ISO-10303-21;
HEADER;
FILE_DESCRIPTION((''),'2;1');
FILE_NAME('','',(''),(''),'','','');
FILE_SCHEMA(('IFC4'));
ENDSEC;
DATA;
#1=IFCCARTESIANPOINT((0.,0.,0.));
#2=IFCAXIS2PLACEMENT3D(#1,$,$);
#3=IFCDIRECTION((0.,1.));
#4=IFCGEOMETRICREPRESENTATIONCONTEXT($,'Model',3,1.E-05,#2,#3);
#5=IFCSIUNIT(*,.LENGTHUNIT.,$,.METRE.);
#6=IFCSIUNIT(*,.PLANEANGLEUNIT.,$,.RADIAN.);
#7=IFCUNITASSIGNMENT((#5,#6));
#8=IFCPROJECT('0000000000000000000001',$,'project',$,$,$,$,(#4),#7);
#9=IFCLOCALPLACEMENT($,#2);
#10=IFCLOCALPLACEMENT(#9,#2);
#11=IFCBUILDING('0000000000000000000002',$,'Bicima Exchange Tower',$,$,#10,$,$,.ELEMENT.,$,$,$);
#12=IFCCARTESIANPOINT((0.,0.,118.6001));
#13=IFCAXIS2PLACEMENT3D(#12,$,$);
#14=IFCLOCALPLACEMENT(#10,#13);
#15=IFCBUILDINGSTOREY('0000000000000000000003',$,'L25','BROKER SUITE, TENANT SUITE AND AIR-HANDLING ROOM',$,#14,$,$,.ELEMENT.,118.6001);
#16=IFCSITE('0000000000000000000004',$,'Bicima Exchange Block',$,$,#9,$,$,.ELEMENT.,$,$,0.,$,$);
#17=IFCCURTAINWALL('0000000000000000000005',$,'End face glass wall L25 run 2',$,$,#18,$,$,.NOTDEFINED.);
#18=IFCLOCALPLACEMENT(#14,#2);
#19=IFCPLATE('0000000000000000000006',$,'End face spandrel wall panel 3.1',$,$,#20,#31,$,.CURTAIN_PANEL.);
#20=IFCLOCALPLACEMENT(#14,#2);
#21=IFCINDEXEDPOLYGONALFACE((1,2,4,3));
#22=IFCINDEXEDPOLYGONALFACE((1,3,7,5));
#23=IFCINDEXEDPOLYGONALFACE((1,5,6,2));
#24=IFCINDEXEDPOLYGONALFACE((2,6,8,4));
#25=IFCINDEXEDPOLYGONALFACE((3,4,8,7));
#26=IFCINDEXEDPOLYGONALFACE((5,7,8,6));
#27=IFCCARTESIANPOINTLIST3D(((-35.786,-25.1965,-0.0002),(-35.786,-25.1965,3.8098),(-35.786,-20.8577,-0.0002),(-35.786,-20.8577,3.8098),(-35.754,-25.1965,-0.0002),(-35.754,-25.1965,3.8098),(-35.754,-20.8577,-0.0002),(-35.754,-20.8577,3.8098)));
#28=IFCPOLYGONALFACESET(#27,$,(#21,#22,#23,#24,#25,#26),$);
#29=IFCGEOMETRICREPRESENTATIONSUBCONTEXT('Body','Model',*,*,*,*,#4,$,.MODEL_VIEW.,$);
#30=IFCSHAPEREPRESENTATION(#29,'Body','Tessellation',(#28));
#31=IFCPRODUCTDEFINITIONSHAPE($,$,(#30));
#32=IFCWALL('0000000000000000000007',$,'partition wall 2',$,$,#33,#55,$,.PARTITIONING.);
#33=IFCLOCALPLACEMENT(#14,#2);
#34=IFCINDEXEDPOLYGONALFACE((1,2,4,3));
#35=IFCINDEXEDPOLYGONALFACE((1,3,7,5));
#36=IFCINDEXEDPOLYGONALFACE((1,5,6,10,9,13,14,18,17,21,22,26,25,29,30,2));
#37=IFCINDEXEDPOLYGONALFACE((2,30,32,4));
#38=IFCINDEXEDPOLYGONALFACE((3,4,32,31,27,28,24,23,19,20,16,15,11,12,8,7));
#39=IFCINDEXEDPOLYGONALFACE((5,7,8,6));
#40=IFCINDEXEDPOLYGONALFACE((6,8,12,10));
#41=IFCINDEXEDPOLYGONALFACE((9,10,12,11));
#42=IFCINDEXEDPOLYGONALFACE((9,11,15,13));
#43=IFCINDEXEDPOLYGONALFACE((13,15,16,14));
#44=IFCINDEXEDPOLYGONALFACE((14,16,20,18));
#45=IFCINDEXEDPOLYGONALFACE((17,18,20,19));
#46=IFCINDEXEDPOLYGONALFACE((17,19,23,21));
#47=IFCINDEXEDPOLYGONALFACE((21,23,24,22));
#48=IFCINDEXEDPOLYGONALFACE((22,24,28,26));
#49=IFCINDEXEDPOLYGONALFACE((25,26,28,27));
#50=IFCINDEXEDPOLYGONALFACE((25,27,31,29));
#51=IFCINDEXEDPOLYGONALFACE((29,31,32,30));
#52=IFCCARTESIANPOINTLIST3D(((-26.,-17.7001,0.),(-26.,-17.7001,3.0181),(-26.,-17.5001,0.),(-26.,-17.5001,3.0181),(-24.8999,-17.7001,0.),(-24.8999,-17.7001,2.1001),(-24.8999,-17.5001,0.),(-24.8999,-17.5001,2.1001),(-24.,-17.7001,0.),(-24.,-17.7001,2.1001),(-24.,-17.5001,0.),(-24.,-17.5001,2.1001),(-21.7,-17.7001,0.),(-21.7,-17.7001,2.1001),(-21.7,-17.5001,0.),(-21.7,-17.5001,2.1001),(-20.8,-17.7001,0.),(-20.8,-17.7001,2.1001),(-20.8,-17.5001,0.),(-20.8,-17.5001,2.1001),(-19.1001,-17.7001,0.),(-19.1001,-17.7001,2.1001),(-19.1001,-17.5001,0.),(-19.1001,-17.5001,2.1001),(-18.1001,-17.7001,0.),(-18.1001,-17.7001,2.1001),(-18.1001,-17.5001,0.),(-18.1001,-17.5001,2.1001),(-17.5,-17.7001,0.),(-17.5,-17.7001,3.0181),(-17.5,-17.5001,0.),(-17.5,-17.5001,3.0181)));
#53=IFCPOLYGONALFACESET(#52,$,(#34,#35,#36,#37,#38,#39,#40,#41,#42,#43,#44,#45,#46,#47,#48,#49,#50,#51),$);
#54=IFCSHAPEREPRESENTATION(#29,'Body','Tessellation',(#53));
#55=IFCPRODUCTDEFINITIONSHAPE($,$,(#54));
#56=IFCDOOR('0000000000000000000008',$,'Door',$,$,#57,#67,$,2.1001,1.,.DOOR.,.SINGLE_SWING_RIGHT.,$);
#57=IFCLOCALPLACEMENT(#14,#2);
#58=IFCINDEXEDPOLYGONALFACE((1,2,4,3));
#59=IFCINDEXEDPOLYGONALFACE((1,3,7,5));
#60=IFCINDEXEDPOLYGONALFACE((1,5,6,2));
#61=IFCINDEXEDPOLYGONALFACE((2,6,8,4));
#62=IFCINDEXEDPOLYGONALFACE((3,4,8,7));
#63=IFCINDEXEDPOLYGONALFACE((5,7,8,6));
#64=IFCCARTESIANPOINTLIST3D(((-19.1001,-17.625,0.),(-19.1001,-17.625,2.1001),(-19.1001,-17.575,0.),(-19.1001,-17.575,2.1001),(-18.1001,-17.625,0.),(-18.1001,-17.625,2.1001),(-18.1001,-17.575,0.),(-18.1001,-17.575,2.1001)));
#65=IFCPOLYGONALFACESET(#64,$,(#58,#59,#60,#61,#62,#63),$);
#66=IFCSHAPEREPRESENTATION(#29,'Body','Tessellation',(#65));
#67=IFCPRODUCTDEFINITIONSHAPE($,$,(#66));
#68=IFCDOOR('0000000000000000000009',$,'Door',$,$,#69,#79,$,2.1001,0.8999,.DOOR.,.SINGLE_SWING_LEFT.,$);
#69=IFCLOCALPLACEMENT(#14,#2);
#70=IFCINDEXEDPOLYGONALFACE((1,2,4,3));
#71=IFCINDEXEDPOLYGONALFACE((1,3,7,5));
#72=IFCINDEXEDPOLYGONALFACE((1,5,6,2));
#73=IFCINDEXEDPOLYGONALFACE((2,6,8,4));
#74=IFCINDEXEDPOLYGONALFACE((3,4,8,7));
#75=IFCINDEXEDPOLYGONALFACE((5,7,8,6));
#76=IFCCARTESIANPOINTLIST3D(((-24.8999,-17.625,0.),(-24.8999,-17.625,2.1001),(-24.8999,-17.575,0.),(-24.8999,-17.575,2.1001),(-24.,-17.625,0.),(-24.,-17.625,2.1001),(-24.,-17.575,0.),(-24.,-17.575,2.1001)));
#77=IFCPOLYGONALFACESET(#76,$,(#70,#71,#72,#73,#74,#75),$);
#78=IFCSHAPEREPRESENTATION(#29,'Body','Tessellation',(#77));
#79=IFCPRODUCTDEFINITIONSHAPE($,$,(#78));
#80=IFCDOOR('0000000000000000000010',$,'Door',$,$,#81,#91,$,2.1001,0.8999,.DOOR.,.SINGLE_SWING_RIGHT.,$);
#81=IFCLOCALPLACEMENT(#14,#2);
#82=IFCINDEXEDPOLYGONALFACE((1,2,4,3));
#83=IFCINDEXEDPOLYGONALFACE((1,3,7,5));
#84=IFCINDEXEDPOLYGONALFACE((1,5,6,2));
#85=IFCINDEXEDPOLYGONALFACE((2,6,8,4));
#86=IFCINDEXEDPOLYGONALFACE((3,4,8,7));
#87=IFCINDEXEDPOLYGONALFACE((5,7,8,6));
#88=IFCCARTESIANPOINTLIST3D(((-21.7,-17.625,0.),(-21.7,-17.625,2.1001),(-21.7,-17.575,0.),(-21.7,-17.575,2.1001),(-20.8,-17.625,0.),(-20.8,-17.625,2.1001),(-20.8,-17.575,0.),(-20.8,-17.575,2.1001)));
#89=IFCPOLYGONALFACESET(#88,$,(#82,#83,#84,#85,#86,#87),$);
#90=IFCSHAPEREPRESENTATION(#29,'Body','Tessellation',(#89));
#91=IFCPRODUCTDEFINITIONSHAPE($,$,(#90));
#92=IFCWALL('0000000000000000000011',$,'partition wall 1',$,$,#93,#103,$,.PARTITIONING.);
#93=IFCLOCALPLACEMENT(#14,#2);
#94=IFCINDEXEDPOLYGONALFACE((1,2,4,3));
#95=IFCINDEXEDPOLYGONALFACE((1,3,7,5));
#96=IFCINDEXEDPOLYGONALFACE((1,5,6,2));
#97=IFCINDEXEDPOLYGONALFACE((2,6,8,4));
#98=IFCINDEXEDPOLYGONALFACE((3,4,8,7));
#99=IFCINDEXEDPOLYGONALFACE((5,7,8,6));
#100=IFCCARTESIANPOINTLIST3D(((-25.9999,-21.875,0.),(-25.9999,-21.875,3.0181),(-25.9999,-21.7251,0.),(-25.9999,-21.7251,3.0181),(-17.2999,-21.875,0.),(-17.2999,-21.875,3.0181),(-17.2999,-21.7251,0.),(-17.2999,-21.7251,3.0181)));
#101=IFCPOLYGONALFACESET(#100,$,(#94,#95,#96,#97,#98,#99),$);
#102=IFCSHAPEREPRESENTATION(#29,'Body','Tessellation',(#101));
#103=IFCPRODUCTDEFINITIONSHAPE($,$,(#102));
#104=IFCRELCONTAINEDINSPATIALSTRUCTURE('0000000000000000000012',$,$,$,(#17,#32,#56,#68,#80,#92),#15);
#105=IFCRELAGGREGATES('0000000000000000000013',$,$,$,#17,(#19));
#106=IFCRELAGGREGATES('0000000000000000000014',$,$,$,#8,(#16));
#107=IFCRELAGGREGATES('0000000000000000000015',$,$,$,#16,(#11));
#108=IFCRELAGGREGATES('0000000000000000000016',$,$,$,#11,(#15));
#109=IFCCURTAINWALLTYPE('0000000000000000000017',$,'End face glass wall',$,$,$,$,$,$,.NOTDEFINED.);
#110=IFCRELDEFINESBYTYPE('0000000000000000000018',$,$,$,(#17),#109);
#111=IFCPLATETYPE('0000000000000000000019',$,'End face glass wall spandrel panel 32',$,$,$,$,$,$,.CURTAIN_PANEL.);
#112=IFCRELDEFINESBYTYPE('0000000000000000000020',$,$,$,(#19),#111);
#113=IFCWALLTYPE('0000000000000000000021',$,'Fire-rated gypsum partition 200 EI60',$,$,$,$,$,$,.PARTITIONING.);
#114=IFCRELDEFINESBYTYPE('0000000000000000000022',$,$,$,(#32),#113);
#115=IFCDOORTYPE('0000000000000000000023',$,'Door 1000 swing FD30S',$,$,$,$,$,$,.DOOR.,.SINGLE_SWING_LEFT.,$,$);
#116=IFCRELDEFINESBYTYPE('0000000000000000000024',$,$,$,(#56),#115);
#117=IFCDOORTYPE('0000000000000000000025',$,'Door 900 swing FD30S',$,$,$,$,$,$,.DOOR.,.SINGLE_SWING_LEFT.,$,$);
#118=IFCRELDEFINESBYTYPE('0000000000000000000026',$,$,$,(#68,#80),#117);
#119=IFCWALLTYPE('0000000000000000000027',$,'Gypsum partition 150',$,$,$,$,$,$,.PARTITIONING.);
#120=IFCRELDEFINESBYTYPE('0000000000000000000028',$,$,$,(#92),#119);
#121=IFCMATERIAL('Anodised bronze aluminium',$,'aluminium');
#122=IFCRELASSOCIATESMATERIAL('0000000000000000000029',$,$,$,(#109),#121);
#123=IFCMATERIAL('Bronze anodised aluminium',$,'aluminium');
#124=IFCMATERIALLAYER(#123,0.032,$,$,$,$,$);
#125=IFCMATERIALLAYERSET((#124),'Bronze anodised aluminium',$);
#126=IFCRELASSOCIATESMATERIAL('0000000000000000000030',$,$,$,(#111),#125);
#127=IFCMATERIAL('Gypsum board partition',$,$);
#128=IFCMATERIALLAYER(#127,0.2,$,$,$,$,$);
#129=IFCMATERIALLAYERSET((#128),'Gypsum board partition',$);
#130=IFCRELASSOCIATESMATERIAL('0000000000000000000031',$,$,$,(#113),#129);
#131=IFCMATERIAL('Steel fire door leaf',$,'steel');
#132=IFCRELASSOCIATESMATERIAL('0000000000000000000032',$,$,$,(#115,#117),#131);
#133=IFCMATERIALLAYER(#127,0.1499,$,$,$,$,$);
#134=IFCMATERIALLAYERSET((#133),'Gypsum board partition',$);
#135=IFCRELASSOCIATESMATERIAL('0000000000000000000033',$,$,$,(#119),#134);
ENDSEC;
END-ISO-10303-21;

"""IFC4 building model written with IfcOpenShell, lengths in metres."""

from ifc_helpers import new_model, si_unit, direction, frame, frame_2d, origin, origin_2d, place, context, subcontext, project, spatial, rectangle, extrude, material, layer, layer_set, type_object, element, fill, aggregate, save


model = new_model("IFC4")

# Units and contexts
model_context = context("Model", 3, precision=1e-05, world=origin(), true_north=direction((0.0, 1.0)))
body_context = subcontext(model_context, "Body", "Model", "MODEL_VIEW")
ifc_project = project(units=[si_unit("LENGTHUNIT", "METRE"), si_unit("PLANEANGLEUNIT", "RADIAN")], contexts=[model_context])

# Site, building, storey
site_placement = place(None, origin())
site = spatial("IfcSite", under=ifc_project, at=site_placement, Name="Bicima Exchange Block", CompositionType="ELEMENT", RefElevation=0.0)
building_placement = place(site_placement, origin())
building = spatial("IfcBuilding", under=site, at=building_placement, Name="Bicima Exchange Tower", CompositionType="ELEMENT")
storey_placement = place(building_placement, frame((0.0, 0.0, 118.6001)))
storey = spatial("IfcBuildingStorey", under=building, at=storey_placement, Name="L25", Description="BROKER SUITE, TENANT SUITE AND AIR-HANDLING ROOM", CompositionType="ELEMENT", Elevation=118.6001)

# Curtain wall
ifc_material_1 = material(Name="Anodised bronze aluminium", Category="aluminium")
curtain_wall_type_1 = type_object("IfcCurtainWallType", Name="End face glass wall", PredefinedType="NOTDEFINED", material=ifc_material_1)
curtain_wall_1_placement = place(storey_placement, origin())
curtain_wall_1 = element("IfcCurtainWall", 1, at=curtain_wall_1_placement, inside=storey, type_object=curtain_wall_type_1, Name="End face glass wall L25 run 2", PredefinedType="NOTDEFINED")

# Plate
ifc_material_2 = material(Name="Bronze anodised aluminium", Category="aluminium")
ifc_layer_1 = layer(ifc_material_2, 0.032)
ifc_layer_set_1 = layer_set([ifc_layer_1], Name="Bronze anodised aluminium")
plate_type_1 = type_object("IfcPlateType", Name="End face glass wall spandrel panel 32", PredefinedType="CURTAIN_PANEL", material=ifc_layer_set_1)
plate_1_placement = place(storey_placement, frame((-35.77, -23.0271, -0.0002), z_axis=(0.0, 0.0, 1.0), x_axis=(0.0, -1.0, 0.0)))
plate_1 = element("IfcPlate", 2, at=plate_1_placement, type_object=plate_type_1, Name="End face spandrel wall panel 3.1", PredefinedType="CURTAIN_PANEL", context=body_context, shape_type="SweptSolid", body=[
    extrude(rectangle(XDim=4.3389, YDim=0.032, at=origin_2d()), origin(), (0.0, 0.0, 1.0), 3.8101),
])
aggregate(curtain_wall_1, [plate_1])

# Wall, openings, doors
ifc_material_3 = material(Name="Gypsum board partition")
ifc_layer_2 = layer(ifc_material_3, 0.2)
ifc_layer_set_2 = layer_set([ifc_layer_2], Name="Gypsum board partition")
wall_type_1 = type_object("IfcWallType", Name="Fire-rated gypsum partition 200 EI60", PredefinedType="PARTITIONING", material=ifc_layer_set_2)
wall_1_placement = place(storey_placement, frame((-26.0, -17.6001, 0.0), z_axis=(0.0, 0.0, 1.0), x_axis=(1.0, 0.0, 0.0)))
wall_1 = element("IfcWall", 3, at=wall_1_placement, inside=storey, type_object=wall_type_1, Name="partition wall 2", PredefinedType="PARTITIONING", context=body_context, shape_type="SweptSolid", body=[
    extrude(rectangle(XDim=8.5, YDim=0.2, at=frame_2d((4.25, 0.0))), origin(), (0.0, 0.0, 1.0), 3.0181),
])
opening_1_placement = place(wall_1_placement, frame((1.1001, 0.0, 0.0)))
opening_1 = element("IfcOpeningElement", 4, at=opening_1_placement, cuts=wall_1, PredefinedType="OPENING", context=body_context, shape_type="SweptSolid", body=[
    extrude(rectangle(XDim=0.8999, YDim=2.1001, at=frame_2d((0.45, 1.05))), frame((0.0, 0.1118, 0.0), z_axis=(0.0, -1.0, 0.0), x_axis=(1.0, 0.0, 0.0)), (0.0, 0.0, 1.0), 0.2239),
])
opening_2_placement = place(wall_1_placement, frame((4.3, 0.0, 0.0)))
opening_2 = element("IfcOpeningElement", 5, at=opening_2_placement, cuts=wall_1, PredefinedType="OPENING", context=body_context, shape_type="SweptSolid", body=[
    extrude(rectangle(XDim=0.8999, YDim=2.1001, at=frame_2d((0.45, 1.05))), frame((0.0, 0.1118, 0.0), z_axis=(0.0, -1.0, 0.0), x_axis=(1.0, 0.0, 0.0)), (0.0, 0.0, 1.0), 0.2239),
])
opening_3_placement = place(wall_1_placement, frame((6.8999, 0.0, 0.0)))
opening_3 = element("IfcOpeningElement", 6, at=opening_3_placement, cuts=wall_1, PredefinedType="OPENING", context=body_context, shape_type="SweptSolid", body=[
    extrude(rectangle(XDim=1.0, YDim=2.1001, at=frame_2d((0.5, 1.05))), frame((0.0, 0.1118, 0.0), z_axis=(0.0, -1.0, 0.0), x_axis=(1.0, 0.0, 0.0)), (0.0, 0.0, 1.0), 0.2239),
])
ifc_material_4 = material(Name="Steel fire door leaf", Category="steel")
door_type_1 = type_object("IfcDoorType", Name="Door 1000 swing FD30S", OperationType="SINGLE_SWING_LEFT", PredefinedType="DOOR", material=ifc_material_4)
door_1_placement = place(opening_3_placement, frame((1.0, 0.0, 0.0), z_axis=(0.0, 0.0, 1.0), x_axis=(-1.0, 0.0, 0.0)))
door_1 = element("IfcDoor", 7, at=door_1_placement, inside=storey, type_object=door_type_1, Name="Door", OperationType="SINGLE_SWING_RIGHT", OverallHeight=2.1001, OverallWidth=1.0, PredefinedType="DOOR", context=body_context, shape_type="SweptSolid", body=[
    extrude(rectangle(XDim=1.0, YDim=2.1001, at=frame_2d((0.5, 1.05))), frame((0.0, 0.0249, 0.0), z_axis=(0.0, -1.0, 0.0), x_axis=(1.0, 0.0, 0.0)), (0.0, 0.0, 1.0), 0.05),
])
fill(opening_3, door_1)
door_type_2 = type_object("IfcDoorType", Name="Door 900 swing FD30S", OperationType="SINGLE_SWING_LEFT", PredefinedType="DOOR", material=ifc_material_4)
door_2_placement = place(opening_1_placement, frame((0.8999, 0.0, 0.0), z_axis=(0.0, 0.0, 1.0), x_axis=(-1.0, 0.0, 0.0)))
door_2 = element("IfcDoor", 8, at=door_2_placement, inside=storey, type_object=door_type_2, Name="Door", OperationType="SINGLE_SWING_LEFT", OverallHeight=2.1001, OverallWidth=0.8999, PredefinedType="DOOR", context=body_context, shape_type="SweptSolid", body=[
    extrude(rectangle(XDim=0.8999, YDim=2.1001, at=frame_2d((0.45, 1.05))), frame((0.0, 0.0249, 0.0), z_axis=(0.0, -1.0, 0.0), x_axis=(1.0, 0.0, 0.0)), (0.0, 0.0, 1.0), 0.05),
])
fill(opening_1, door_2)
door_3_placement = place(opening_2_placement, frame((0.8999, 0.0, 0.0), z_axis=(0.0, 0.0, 1.0), x_axis=(-1.0, 0.0, 0.0)))
door_3 = element("IfcDoor", 9, at=door_3_placement, inside=storey, type_object=door_type_2, Name="Door", OperationType="SINGLE_SWING_RIGHT", OverallHeight=2.1001, OverallWidth=0.8999, PredefinedType="DOOR", context=body_context, shape_type="SweptSolid", body=[
    extrude(rectangle(XDim=0.8999, YDim=2.1001, at=frame_2d((0.45, 1.05))), frame((0.0, 0.0249, 0.0), z_axis=(0.0, -1.0, 0.0), x_axis=(1.0, 0.0, 0.0)), (0.0, 0.0, 1.0), 0.05),
])
fill(opening_2, door_3)

# Wall
ifc_layer_3 = layer(ifc_material_3, 0.1499)
ifc_layer_set_3 = layer_set([ifc_layer_3], Name="Gypsum board partition")
wall_type_2 = type_object("IfcWallType", Name="Gypsum partition 150", PredefinedType="PARTITIONING", material=ifc_layer_set_3)
wall_2_placement = place(storey_placement, frame((-26.0, -21.8, 0.0), z_axis=(0.0, 0.0, 1.0), x_axis=(1.0, 0.0, 0.0)))
element("IfcWall", 10, at=wall_2_placement, inside=storey, type_object=wall_type_2, Name="partition wall 1", PredefinedType="PARTITIONING", context=body_context, shape_type="SweptSolid", body=[
    extrude(rectangle(XDim=8.7, YDim=0.1499, at=frame_2d((4.3501, 0.0))), origin(), (0.0, 0.0, 1.0), 3.0181),
])

save(model, "model.ifc")
